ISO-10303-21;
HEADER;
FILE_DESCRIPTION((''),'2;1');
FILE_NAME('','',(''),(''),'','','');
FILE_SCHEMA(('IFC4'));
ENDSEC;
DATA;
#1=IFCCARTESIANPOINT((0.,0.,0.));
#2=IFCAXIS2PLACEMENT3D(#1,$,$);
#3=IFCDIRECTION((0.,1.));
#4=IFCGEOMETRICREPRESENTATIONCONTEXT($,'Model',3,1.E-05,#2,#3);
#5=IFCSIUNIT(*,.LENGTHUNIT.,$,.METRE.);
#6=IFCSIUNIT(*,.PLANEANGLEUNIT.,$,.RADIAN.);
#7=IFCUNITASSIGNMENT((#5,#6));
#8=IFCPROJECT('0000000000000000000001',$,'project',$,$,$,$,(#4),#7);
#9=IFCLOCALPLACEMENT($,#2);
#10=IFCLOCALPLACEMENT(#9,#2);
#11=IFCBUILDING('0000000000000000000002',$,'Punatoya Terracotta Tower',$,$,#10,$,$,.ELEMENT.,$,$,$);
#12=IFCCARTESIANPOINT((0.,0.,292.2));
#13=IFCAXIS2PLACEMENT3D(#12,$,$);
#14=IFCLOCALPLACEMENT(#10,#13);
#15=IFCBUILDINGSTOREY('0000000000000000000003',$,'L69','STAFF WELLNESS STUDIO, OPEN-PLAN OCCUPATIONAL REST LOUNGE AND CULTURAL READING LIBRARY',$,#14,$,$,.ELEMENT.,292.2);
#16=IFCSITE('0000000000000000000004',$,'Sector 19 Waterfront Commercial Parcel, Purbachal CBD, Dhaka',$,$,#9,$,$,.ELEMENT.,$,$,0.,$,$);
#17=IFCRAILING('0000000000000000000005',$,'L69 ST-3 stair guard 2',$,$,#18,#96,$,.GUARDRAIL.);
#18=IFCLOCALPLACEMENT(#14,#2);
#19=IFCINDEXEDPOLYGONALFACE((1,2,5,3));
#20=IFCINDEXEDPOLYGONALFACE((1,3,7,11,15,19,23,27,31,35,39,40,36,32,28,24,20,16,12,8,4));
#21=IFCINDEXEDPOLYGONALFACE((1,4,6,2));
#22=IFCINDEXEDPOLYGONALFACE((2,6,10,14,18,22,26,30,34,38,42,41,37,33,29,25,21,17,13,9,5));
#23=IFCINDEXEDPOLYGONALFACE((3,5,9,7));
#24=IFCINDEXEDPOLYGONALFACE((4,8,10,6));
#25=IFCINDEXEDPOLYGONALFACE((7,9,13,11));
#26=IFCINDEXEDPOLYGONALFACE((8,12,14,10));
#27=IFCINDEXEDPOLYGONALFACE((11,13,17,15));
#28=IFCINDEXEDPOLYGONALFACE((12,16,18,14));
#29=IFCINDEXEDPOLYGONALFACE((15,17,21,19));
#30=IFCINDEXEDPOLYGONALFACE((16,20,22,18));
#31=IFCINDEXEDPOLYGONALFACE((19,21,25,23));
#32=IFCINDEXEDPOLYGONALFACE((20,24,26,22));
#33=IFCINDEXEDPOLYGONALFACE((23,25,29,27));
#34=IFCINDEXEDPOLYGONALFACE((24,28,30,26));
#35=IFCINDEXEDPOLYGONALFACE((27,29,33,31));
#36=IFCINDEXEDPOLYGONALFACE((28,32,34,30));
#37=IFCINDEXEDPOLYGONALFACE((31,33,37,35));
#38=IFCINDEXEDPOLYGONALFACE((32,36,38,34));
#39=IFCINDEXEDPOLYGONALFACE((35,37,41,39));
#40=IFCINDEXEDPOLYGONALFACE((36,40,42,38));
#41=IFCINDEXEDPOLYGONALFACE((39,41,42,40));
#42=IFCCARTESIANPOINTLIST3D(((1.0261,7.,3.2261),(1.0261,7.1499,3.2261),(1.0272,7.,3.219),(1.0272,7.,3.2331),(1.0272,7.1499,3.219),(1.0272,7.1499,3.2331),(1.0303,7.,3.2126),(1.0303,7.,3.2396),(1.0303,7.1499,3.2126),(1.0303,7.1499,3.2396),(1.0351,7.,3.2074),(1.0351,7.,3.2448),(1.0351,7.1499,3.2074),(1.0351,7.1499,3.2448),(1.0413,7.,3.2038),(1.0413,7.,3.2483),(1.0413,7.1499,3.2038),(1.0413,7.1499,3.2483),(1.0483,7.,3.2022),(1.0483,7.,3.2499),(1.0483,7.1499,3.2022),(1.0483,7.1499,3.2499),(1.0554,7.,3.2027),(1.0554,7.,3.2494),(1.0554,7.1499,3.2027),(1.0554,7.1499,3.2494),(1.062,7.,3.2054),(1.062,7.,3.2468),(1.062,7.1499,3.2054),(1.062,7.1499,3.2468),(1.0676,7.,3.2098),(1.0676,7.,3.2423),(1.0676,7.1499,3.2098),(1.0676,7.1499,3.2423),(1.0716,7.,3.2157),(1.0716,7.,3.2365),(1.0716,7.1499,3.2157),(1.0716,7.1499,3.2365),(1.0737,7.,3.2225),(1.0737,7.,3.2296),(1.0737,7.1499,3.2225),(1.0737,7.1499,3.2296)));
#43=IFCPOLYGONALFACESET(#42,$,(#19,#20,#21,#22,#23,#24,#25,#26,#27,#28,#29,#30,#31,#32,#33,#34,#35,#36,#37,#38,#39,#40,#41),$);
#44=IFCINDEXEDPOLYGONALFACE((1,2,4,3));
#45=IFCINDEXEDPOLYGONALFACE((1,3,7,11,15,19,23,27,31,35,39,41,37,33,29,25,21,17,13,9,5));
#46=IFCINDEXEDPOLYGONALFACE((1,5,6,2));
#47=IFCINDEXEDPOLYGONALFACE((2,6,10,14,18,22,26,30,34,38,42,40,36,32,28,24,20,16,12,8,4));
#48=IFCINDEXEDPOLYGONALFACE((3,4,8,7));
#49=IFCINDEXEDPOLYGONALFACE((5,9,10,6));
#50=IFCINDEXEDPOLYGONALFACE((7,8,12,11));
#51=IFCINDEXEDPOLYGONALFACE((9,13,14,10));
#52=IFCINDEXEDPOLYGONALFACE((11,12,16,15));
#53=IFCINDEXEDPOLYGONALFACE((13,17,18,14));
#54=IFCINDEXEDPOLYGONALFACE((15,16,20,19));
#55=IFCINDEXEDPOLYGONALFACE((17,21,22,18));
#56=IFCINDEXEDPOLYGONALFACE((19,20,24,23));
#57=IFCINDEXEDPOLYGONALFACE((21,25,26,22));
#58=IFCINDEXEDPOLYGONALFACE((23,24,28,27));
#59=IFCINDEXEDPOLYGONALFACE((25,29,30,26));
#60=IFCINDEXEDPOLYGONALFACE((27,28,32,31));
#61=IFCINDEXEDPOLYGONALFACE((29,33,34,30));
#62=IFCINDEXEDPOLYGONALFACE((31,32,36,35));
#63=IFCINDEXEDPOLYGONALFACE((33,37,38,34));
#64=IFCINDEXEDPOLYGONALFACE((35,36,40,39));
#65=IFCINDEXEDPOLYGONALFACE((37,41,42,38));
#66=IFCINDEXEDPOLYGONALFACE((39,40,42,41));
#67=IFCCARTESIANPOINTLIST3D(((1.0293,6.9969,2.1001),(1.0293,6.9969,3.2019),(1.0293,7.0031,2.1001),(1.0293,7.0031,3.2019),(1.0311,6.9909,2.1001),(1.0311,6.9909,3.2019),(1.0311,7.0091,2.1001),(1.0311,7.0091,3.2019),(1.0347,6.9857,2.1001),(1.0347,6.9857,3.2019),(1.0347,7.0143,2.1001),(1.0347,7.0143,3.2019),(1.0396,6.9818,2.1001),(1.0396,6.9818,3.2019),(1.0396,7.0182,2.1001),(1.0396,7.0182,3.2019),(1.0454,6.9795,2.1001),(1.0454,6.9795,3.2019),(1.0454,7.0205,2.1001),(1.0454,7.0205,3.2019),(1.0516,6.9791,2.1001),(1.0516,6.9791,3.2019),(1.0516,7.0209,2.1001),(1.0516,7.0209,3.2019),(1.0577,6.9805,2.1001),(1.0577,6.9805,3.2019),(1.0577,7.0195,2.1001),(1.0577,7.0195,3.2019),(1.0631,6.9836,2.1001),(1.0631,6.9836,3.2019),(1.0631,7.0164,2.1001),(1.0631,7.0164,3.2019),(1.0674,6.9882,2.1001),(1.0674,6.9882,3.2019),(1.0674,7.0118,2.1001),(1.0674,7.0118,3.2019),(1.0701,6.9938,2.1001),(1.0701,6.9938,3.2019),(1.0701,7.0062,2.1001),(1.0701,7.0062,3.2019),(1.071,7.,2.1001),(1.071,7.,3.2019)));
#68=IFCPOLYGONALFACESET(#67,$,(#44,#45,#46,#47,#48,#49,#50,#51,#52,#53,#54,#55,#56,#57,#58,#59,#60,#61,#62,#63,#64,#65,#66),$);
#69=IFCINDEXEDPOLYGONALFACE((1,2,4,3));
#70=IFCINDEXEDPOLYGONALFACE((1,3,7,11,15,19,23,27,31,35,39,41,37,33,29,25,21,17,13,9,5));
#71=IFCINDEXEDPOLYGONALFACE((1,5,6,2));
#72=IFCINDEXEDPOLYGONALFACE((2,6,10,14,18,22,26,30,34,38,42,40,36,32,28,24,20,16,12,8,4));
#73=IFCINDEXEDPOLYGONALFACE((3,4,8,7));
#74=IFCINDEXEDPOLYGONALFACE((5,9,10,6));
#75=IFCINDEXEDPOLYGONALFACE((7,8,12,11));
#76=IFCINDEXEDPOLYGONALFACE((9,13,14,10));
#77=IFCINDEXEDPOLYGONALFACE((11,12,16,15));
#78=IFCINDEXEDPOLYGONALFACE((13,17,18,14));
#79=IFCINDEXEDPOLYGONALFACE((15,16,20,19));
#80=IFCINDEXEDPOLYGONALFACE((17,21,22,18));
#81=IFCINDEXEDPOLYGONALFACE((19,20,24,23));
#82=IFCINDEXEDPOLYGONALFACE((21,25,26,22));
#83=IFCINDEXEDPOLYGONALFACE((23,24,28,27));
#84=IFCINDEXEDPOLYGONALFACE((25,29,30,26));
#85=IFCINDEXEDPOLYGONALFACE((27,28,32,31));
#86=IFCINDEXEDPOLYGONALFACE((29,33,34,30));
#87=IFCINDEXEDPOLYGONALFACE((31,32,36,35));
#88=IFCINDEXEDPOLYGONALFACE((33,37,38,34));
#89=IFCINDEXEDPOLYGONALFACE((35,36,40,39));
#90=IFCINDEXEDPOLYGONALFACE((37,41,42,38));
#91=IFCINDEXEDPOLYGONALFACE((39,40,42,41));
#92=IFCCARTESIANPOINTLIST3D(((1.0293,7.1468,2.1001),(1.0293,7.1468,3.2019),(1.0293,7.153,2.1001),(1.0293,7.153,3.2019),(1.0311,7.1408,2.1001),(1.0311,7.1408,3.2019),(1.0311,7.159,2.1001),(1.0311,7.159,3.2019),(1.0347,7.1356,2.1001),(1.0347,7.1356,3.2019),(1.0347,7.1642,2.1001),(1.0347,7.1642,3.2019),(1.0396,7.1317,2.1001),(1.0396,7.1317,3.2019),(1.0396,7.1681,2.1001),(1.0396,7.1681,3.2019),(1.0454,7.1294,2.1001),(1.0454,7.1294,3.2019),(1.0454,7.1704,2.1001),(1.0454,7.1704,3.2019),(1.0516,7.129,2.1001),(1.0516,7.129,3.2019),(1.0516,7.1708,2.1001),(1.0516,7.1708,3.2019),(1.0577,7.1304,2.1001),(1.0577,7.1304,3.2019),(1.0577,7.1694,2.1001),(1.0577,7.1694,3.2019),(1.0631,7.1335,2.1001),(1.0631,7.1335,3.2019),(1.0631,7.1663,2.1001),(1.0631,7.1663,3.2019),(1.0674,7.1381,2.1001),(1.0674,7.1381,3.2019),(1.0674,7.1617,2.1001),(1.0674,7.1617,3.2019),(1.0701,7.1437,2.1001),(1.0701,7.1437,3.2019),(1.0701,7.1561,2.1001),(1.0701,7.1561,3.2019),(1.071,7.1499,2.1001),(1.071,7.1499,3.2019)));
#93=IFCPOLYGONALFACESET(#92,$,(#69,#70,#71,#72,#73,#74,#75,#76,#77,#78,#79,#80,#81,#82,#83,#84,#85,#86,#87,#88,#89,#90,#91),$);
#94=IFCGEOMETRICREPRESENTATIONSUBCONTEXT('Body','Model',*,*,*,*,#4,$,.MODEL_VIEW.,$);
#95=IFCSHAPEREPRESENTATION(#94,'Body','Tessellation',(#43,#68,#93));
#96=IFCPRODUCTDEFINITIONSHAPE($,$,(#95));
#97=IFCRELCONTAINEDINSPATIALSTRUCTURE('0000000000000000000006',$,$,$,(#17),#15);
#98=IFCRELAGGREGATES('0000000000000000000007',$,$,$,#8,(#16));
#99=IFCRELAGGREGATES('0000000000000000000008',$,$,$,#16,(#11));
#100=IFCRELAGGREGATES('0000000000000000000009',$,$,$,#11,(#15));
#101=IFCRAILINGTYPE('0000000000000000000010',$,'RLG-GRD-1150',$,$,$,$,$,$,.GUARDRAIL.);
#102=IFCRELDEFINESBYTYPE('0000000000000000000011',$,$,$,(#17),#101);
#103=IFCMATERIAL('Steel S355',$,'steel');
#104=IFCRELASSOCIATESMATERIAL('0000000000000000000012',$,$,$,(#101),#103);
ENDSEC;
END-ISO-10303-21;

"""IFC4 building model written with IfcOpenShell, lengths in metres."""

from ifc_helpers import new_model, si_unit, direction, frame, origin, origin_2d, place, context, subcontext, project, spatial, circle, extrude, material, type_object, element, save


model = new_model("IFC4")

# Units and contexts
model_context = context("Model", 3, precision=1e-05, world=origin(), true_north=direction((0.0, 1.0)))
body_context = subcontext(model_context, "Body", "Model", "MODEL_VIEW")
ifc_project = project(units=[si_unit("LENGTHUNIT", "METRE"), si_unit("PLANEANGLEUNIT", "RADIAN")], contexts=[model_context])

# Site, building, storey
site_placement = place(None, origin())
site = spatial("IfcSite", under=ifc_project, at=site_placement, Name="Sector 19 Waterfront Commercial Parcel, Purbachal CBD, Dhaka", CompositionType="ELEMENT", RefElevation=0.0)
building_placement = place(site_placement, origin())
building = spatial("IfcBuilding", under=site, at=building_placement, Name="Punatoya Terracotta Tower", CompositionType="ELEMENT")
storey_placement = place(building_placement, frame((0.0, 0.0, 292.2)))
storey = spatial("IfcBuildingStorey", under=building, at=storey_placement, Name="L69", Description="STAFF WELLNESS STUDIO, OPEN-PLAN OCCUPATIONAL REST LOUNGE AND CULTURAL READING LIBRARY", CompositionType="ELEMENT", Elevation=292.2)

# Shared definitions
ifc_material_1 = material(Name="Steel S355", Category="steel")

# Railing
railing_type_1 = type_object("IfcRailingType", Name="RLG-GRD-1150", PredefinedType="GUARDRAIL", material=ifc_material_1)
railing_1_placement = place(storey_placement, frame((1.05, 7.0, 2.1001)))
element("IfcRailing", 1, at=railing_1_placement, inside=storey, type_object=railing_type_1, Name="L69 ST-3 stair guard 2", PredefinedType="GUARDRAIL", context=body_context, shape_type="SweptSolid", body=[
    extrude(circle(Radius=0.0239, at=origin_2d()), frame((0.0, 0.0, 1.126), z_axis=(0.0, 1.0, 0.0), x_axis=(-1.0, 0.0, 0.0)), (0.0, 0.0, 1.0), 0.1499),
    extrude(circle(Radius=0.021, at=origin_2d()), origin(), (0.0, 0.0, 1.0), 1.1018),
    extrude(circle(Radius=0.021, at=origin_2d()), frame((0.0, 0.1499, 0.0)), (0.0, 0.0, 1.0), 1.1018),
])

save(model, "model.ifc")
